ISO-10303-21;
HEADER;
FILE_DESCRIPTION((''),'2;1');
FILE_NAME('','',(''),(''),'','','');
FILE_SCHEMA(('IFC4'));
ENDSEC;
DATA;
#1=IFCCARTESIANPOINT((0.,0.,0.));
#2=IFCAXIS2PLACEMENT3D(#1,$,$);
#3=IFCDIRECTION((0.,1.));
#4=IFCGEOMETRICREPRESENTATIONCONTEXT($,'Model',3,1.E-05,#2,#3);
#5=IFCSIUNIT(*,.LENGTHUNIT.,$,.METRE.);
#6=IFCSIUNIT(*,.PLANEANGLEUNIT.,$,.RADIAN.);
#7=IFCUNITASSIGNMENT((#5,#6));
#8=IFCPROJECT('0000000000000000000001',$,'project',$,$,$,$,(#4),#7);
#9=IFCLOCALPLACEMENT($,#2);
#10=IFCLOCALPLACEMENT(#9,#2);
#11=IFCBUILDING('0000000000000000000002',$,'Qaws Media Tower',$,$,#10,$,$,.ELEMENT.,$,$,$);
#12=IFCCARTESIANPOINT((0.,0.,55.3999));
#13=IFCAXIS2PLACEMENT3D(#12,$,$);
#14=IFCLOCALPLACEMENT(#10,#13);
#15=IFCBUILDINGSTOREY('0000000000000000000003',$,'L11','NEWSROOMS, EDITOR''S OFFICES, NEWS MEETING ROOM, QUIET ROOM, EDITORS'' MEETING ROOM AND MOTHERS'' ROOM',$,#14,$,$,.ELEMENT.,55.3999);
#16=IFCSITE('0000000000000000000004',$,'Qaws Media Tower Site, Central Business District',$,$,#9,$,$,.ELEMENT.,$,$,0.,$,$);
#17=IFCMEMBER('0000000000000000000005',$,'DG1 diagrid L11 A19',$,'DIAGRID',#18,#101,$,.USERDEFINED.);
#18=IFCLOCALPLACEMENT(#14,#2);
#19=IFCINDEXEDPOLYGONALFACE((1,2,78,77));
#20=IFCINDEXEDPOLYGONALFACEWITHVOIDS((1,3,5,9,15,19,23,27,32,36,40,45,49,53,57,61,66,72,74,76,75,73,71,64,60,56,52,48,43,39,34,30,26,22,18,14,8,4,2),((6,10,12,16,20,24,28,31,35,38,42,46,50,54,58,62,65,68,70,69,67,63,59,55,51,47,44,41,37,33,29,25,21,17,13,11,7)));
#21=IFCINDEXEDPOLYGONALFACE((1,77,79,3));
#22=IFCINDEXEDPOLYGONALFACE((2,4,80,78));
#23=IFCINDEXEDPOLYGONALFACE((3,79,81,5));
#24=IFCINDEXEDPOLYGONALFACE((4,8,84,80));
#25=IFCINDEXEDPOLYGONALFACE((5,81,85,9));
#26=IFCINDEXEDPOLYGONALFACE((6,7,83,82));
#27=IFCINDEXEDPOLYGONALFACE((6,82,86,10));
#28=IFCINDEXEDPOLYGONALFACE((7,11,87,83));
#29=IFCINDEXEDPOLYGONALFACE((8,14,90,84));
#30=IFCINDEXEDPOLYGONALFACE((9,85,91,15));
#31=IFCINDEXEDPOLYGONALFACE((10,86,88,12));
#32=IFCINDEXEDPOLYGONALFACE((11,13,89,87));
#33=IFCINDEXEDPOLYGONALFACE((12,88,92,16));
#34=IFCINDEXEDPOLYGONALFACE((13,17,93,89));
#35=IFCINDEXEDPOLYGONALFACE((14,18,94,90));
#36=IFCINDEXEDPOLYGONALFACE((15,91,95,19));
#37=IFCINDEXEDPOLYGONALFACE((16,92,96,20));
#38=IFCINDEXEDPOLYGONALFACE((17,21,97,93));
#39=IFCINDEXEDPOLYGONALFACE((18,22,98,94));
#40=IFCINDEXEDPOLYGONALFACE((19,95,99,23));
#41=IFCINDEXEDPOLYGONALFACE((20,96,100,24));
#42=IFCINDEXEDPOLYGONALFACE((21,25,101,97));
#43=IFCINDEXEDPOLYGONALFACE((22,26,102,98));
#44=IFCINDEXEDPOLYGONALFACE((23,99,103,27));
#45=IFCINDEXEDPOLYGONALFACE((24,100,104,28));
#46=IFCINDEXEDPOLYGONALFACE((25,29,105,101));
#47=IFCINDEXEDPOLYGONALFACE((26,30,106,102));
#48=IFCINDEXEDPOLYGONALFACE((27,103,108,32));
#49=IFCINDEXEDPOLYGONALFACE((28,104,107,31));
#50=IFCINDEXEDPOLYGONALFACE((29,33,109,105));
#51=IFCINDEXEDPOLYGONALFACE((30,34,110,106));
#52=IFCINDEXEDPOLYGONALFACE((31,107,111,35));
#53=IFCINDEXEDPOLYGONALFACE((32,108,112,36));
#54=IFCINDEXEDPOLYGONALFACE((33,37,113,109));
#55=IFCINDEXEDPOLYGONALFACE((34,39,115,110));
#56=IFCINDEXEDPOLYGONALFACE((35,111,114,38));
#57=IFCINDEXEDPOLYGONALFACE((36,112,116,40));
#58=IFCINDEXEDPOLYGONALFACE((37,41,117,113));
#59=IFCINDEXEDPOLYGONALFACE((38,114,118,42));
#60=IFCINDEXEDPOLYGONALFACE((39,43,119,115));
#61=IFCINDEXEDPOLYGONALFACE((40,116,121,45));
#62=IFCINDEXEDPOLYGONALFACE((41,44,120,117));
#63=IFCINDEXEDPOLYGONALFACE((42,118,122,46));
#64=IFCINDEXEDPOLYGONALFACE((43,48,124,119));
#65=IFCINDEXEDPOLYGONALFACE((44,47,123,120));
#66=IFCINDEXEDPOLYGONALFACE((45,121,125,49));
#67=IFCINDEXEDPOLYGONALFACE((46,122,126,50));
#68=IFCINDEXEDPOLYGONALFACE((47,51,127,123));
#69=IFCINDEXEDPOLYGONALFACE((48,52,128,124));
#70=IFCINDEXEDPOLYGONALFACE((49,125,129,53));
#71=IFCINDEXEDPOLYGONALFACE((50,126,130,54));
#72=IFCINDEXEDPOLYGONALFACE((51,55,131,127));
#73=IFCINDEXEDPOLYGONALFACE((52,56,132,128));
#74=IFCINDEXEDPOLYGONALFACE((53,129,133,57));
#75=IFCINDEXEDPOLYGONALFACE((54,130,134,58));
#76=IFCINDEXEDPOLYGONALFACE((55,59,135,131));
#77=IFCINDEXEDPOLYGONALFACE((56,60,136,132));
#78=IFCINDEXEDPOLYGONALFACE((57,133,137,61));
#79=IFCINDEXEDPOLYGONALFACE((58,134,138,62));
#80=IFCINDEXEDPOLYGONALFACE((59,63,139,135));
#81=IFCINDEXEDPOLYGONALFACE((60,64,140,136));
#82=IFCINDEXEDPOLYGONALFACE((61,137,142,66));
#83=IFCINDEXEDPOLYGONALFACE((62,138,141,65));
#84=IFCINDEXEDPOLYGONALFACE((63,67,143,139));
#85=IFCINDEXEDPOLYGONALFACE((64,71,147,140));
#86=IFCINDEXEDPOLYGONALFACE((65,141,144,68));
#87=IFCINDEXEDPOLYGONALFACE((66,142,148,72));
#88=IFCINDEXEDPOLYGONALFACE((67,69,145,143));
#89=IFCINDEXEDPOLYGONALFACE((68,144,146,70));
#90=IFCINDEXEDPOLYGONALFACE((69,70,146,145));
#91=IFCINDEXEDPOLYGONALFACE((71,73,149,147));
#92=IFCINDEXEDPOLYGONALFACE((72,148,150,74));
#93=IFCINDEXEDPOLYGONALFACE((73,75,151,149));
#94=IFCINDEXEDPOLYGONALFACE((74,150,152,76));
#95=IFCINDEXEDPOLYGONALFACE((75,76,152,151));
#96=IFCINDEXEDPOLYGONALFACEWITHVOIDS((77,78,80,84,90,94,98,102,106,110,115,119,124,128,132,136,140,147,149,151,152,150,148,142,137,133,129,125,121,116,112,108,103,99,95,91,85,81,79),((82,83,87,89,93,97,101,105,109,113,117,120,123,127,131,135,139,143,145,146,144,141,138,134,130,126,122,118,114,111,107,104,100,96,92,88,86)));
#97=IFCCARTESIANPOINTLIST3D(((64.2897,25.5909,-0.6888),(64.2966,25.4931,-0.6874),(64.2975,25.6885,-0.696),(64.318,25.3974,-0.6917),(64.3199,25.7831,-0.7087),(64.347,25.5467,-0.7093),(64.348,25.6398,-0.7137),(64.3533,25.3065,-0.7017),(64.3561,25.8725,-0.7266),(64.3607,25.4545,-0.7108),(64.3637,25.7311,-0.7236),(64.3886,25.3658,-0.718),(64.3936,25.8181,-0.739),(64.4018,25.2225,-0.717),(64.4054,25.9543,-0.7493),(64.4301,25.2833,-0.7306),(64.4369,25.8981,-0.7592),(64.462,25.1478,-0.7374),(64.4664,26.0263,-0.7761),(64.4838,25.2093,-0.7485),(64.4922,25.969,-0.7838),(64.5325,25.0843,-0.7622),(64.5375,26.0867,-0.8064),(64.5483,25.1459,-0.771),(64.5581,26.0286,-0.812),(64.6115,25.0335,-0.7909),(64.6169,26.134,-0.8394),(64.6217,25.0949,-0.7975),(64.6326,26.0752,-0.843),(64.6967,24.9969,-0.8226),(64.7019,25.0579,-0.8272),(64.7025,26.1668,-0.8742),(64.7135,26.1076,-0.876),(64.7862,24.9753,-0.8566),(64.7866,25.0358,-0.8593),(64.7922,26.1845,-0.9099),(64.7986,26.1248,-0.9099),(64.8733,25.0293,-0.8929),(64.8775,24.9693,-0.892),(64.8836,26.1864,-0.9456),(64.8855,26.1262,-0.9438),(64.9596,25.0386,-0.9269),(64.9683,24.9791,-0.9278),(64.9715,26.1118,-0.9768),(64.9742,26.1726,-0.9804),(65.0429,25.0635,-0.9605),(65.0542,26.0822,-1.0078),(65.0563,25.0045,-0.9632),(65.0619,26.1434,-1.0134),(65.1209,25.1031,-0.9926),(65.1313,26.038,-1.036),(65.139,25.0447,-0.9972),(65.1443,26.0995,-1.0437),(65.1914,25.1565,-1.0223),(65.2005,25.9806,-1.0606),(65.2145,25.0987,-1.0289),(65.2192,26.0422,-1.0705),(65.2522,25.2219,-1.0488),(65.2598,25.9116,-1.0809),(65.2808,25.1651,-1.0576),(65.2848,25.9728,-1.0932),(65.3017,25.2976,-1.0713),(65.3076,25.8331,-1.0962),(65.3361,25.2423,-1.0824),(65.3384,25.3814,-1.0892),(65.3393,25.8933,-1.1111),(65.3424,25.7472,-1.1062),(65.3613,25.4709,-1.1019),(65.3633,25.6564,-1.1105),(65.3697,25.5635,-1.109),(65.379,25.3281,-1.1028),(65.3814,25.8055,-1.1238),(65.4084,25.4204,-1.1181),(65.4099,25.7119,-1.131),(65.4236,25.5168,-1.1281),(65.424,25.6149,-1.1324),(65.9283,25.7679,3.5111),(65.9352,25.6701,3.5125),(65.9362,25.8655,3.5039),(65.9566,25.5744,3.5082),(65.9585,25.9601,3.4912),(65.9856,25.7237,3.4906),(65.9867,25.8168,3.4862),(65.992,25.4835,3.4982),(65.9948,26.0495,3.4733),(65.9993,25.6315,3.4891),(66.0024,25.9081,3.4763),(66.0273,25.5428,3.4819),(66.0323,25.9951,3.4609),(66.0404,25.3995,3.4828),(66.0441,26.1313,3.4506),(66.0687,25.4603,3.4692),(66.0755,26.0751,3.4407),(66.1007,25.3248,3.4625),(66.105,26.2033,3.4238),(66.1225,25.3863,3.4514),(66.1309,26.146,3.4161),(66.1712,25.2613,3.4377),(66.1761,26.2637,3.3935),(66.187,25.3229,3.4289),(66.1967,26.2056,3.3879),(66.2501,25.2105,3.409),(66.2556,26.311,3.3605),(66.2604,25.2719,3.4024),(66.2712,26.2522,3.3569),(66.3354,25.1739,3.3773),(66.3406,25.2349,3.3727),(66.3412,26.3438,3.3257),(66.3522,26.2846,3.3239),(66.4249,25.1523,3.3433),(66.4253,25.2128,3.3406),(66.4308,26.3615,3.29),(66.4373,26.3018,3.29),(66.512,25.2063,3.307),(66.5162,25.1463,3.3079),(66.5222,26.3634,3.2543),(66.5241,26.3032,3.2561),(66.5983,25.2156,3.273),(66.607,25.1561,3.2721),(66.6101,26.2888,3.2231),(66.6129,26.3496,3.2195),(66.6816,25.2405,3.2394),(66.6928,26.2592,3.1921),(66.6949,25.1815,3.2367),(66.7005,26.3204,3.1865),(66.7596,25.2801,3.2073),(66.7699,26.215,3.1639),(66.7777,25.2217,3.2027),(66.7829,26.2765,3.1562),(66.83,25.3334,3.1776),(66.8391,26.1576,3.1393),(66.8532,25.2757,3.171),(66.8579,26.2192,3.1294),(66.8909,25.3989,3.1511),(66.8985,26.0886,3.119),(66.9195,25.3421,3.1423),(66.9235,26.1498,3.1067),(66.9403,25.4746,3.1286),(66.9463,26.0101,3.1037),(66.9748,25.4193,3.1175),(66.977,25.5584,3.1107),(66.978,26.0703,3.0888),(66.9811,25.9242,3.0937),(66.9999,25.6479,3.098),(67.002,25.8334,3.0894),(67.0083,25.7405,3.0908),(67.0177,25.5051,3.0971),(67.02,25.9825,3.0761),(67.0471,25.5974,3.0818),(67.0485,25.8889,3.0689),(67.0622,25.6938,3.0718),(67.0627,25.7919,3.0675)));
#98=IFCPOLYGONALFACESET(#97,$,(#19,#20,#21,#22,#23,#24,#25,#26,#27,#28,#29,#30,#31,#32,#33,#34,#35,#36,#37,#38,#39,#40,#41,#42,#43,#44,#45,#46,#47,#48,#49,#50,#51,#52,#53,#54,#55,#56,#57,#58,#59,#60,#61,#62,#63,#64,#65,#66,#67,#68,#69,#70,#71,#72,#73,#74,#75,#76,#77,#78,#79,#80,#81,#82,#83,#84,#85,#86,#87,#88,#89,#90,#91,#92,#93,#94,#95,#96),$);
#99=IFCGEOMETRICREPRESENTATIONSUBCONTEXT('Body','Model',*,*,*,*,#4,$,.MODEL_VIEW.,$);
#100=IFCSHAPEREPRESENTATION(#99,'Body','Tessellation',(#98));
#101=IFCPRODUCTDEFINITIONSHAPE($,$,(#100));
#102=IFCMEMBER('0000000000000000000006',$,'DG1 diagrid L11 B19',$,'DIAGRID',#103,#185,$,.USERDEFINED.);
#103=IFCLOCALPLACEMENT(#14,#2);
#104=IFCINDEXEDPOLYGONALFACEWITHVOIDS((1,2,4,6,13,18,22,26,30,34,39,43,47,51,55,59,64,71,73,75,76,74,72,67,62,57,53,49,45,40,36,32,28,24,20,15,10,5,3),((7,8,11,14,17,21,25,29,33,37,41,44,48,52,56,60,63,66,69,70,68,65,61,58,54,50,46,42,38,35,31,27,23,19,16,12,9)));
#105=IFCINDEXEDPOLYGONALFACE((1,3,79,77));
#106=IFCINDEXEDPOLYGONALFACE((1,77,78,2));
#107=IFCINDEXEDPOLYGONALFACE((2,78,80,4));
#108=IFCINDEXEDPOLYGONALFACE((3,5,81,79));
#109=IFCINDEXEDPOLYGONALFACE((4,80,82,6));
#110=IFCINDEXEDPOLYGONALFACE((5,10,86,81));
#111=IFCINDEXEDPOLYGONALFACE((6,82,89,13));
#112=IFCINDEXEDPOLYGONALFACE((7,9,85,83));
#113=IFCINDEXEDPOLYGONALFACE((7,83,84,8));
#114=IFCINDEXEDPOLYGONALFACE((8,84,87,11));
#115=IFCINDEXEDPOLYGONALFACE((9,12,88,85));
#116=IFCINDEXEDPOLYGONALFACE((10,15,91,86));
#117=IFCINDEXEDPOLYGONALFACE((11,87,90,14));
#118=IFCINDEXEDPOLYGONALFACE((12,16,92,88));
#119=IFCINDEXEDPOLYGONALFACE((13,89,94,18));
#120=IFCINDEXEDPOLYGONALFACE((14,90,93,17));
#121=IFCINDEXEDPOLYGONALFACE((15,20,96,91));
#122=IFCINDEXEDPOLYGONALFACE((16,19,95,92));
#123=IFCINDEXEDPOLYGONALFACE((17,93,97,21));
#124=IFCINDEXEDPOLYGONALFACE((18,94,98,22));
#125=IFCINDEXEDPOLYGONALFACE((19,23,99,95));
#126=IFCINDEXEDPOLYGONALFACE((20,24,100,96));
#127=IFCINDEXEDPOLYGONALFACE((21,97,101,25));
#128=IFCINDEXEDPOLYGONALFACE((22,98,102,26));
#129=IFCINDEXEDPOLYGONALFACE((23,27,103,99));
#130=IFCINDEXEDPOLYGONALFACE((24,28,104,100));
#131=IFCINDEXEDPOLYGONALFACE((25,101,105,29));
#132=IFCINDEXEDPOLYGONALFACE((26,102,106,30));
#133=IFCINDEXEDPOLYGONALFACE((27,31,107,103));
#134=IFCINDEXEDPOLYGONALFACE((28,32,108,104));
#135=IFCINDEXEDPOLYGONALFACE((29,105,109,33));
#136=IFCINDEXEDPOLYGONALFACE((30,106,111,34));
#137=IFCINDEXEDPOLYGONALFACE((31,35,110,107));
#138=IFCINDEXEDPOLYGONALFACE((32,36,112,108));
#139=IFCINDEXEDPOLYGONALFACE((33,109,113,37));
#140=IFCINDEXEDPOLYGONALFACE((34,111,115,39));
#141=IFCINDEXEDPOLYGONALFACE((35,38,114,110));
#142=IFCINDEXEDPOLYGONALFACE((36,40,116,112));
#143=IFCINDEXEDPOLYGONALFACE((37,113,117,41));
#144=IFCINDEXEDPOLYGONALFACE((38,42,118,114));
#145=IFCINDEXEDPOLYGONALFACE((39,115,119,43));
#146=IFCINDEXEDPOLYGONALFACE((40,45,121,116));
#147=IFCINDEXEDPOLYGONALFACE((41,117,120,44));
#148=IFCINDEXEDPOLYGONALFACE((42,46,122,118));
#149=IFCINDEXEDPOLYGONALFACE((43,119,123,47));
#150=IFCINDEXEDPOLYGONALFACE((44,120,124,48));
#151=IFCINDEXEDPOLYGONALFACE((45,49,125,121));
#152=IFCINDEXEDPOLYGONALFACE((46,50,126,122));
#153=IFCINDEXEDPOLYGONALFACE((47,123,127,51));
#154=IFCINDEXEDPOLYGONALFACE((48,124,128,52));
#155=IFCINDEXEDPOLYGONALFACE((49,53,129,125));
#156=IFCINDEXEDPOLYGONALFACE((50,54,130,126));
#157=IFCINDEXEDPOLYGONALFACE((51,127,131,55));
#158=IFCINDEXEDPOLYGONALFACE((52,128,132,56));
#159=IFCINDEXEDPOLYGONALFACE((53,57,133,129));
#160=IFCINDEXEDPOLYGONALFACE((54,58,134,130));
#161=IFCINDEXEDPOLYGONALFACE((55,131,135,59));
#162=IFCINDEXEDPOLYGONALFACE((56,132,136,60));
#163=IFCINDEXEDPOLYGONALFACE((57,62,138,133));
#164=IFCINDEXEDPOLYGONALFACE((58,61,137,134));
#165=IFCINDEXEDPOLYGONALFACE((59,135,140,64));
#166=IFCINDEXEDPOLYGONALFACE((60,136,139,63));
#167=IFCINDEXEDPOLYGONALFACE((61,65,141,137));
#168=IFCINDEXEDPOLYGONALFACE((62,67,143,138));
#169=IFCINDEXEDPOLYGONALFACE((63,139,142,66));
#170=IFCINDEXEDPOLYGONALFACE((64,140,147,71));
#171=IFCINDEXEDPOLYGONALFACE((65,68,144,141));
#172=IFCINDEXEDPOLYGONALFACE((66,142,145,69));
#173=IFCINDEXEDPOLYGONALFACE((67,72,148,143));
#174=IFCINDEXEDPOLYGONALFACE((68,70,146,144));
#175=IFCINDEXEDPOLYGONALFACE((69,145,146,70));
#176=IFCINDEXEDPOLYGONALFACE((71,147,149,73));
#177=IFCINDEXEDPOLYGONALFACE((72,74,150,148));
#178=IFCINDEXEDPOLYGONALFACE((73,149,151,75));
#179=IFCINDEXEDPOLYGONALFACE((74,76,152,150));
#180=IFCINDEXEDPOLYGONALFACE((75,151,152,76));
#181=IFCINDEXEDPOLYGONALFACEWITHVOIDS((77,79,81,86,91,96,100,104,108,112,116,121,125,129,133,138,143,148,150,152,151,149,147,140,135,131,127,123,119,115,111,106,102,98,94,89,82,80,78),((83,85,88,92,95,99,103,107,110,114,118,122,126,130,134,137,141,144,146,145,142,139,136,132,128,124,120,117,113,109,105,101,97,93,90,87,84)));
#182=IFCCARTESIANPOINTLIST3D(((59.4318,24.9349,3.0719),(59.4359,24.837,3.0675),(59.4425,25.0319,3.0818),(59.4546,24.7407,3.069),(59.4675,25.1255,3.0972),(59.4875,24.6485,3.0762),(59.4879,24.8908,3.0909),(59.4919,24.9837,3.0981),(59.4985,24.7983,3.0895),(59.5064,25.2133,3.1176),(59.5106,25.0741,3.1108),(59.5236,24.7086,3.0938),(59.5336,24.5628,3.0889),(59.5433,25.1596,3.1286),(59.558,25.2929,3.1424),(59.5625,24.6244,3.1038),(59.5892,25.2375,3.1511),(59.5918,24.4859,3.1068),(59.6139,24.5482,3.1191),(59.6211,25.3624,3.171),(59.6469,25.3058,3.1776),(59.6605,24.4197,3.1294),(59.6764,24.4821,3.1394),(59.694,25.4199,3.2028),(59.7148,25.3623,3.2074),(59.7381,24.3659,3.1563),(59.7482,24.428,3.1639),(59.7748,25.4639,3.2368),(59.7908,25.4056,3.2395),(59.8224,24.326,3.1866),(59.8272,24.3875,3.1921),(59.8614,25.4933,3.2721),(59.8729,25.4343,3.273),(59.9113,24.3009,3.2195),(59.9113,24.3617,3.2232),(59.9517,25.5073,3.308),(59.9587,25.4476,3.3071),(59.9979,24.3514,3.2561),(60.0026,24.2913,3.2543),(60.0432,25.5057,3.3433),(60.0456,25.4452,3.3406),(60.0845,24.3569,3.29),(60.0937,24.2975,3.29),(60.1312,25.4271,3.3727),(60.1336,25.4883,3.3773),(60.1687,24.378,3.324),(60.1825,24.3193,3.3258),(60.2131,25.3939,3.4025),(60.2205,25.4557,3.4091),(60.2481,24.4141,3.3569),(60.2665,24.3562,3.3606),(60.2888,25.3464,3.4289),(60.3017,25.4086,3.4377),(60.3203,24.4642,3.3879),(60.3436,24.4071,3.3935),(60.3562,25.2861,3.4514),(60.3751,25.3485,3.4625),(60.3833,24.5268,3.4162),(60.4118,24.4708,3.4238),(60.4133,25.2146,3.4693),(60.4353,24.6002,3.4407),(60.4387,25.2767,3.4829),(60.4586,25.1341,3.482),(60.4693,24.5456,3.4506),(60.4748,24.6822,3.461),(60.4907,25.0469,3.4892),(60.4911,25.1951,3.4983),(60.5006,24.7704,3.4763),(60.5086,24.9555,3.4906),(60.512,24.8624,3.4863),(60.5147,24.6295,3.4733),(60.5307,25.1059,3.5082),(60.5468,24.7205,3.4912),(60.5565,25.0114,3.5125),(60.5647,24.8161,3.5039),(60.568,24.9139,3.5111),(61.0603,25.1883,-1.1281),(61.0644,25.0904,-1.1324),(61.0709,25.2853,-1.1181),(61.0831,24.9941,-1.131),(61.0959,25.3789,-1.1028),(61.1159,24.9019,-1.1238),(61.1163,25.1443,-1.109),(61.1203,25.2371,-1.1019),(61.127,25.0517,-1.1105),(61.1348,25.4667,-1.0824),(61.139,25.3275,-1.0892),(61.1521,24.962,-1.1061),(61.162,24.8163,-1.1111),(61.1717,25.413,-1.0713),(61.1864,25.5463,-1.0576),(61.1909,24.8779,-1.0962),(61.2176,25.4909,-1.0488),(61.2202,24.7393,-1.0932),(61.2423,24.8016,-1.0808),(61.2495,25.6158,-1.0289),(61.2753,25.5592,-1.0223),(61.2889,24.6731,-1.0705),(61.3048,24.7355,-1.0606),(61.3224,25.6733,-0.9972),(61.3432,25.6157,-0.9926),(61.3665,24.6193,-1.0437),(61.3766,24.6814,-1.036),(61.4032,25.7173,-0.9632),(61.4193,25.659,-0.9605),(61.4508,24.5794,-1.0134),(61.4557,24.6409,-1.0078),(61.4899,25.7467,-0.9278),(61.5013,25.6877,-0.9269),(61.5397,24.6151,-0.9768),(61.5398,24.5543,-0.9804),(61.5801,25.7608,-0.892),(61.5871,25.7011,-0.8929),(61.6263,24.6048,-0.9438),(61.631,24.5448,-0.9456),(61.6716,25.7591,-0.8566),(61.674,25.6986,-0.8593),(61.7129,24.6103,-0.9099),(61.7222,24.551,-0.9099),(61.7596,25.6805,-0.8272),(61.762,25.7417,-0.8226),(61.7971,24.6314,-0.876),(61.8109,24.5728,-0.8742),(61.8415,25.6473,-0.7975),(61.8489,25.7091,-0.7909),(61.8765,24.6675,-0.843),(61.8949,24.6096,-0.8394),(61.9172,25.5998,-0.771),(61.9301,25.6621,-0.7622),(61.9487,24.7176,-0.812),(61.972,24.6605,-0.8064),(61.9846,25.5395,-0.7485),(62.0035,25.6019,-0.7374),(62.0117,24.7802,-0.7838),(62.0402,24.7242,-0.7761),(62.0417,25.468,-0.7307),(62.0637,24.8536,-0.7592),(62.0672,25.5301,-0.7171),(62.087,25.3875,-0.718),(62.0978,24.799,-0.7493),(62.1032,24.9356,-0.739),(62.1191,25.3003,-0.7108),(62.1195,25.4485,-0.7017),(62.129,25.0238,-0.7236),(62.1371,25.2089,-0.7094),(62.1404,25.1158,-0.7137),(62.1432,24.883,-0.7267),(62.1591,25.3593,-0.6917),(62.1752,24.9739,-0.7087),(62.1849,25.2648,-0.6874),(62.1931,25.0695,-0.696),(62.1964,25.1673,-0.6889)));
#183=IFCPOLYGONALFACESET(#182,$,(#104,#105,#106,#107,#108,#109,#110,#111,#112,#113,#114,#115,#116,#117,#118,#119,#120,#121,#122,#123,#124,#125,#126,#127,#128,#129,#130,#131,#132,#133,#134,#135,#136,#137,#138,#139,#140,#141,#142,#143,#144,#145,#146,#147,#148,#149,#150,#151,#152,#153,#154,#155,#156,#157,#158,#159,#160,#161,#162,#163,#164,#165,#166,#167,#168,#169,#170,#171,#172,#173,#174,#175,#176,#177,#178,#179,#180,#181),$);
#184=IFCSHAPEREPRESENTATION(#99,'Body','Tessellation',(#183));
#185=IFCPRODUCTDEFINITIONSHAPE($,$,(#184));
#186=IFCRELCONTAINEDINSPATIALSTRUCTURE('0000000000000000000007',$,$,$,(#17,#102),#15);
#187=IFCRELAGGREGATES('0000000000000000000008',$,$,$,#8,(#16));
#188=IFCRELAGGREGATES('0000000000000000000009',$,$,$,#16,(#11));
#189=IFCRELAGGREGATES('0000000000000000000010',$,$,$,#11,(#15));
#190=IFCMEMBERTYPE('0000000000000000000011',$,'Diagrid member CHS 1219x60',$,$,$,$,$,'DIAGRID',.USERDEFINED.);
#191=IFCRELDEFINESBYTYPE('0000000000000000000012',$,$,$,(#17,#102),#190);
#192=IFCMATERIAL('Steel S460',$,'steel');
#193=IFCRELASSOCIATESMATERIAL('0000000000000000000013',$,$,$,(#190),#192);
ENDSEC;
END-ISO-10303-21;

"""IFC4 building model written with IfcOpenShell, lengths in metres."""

from ifc_helpers import new_model, si_unit, direction, frame, origin, origin_2d, place, context, subcontext, project, spatial, hollow_circle, extrude, material, material_profile, profile_set, type_object, element, save


model = new_model("IFC4")

# Units and contexts
model_context = context("Model", 3, precision=1e-05, world=origin(), true_north=direction((0.0, 1.0)))
body_context = subcontext(model_context, "Body", "Model", "MODEL_VIEW")
ifc_project = project(units=[si_unit("LENGTHUNIT", "METRE"), si_unit("PLANEANGLEUNIT", "RADIAN")], contexts=[model_context])

# Site, building, storey
site_placement = place(None, origin())
site = spatial("IfcSite", under=ifc_project, at=site_placement, Name="Qaws Media Tower Site, Central Business District", CompositionType="ELEMENT", RefElevation=0.0)
building_placement = place(site_placement, origin())
building = spatial("IfcBuilding", under=site, at=building_placement, Name="Qaws Media Tower", CompositionType="ELEMENT")
storey_placement = place(building_placement, frame((0.0, 0.0, 55.3999)))
storey = spatial("IfcBuildingStorey", under=building, at=storey_placement, Name="L11", Description="NEWSROOMS, EDITOR'S OFFICES, NEWS MEETING ROOM, QUIET ROOM, EDITORS' MEETING ROOM AND MOTHERS' ROOM", CompositionType="ELEMENT", Elevation=55.3999)

# Members
ifc_material_1 = material(Name="Steel S460", Category="steel")
ifc_material_profile_1 = material_profile(ifc_material_1, hollow_circle(Radius=0.6096, WallThickness=0.0601, at=origin_2d()), Name="CHS 1219x60")
ifc_profile_set_1 = profile_set([ifc_material_profile_1], Name="Steel S460")
member_type_1 = type_object("IfcMemberType", Name="Diagrid member CHS 1219x60", ElementType="DIAGRID", PredefinedType="USERDEFINED", material=ifc_profile_set_1)
for number, where, z_axis, x_axis, name in (
    (1, (64.8577, 25.5784, -0.9099), (0.363198, 0.039231, 0.930885), (-0.107391, 0.994217, 0.0), "DG1 diagrid L11 A19"),
    (2, (61.6284, 25.1533, -0.9099), (-0.360931, -0.056169, 0.930899), (0.153771, -0.988106, 0.0), "DG1 diagrid L11 B19"),
):
    element("IfcMember", number, at=place(storey_placement, frame(where, z_axis=z_axis, x_axis=x_axis)), inside=storey, type_object=member_type_1, Name=name, ObjectType="DIAGRID", PredefinedType="USERDEFINED", context=body_context, shape_type="SweptSolid", body=[
        extrude(hollow_circle(Radius=0.6096, WallThickness=0.0601, at=origin_2d()), origin(), (0.0, 0.0, 1.0), 4.5117),
    ])

save(model, "model.ifc")
